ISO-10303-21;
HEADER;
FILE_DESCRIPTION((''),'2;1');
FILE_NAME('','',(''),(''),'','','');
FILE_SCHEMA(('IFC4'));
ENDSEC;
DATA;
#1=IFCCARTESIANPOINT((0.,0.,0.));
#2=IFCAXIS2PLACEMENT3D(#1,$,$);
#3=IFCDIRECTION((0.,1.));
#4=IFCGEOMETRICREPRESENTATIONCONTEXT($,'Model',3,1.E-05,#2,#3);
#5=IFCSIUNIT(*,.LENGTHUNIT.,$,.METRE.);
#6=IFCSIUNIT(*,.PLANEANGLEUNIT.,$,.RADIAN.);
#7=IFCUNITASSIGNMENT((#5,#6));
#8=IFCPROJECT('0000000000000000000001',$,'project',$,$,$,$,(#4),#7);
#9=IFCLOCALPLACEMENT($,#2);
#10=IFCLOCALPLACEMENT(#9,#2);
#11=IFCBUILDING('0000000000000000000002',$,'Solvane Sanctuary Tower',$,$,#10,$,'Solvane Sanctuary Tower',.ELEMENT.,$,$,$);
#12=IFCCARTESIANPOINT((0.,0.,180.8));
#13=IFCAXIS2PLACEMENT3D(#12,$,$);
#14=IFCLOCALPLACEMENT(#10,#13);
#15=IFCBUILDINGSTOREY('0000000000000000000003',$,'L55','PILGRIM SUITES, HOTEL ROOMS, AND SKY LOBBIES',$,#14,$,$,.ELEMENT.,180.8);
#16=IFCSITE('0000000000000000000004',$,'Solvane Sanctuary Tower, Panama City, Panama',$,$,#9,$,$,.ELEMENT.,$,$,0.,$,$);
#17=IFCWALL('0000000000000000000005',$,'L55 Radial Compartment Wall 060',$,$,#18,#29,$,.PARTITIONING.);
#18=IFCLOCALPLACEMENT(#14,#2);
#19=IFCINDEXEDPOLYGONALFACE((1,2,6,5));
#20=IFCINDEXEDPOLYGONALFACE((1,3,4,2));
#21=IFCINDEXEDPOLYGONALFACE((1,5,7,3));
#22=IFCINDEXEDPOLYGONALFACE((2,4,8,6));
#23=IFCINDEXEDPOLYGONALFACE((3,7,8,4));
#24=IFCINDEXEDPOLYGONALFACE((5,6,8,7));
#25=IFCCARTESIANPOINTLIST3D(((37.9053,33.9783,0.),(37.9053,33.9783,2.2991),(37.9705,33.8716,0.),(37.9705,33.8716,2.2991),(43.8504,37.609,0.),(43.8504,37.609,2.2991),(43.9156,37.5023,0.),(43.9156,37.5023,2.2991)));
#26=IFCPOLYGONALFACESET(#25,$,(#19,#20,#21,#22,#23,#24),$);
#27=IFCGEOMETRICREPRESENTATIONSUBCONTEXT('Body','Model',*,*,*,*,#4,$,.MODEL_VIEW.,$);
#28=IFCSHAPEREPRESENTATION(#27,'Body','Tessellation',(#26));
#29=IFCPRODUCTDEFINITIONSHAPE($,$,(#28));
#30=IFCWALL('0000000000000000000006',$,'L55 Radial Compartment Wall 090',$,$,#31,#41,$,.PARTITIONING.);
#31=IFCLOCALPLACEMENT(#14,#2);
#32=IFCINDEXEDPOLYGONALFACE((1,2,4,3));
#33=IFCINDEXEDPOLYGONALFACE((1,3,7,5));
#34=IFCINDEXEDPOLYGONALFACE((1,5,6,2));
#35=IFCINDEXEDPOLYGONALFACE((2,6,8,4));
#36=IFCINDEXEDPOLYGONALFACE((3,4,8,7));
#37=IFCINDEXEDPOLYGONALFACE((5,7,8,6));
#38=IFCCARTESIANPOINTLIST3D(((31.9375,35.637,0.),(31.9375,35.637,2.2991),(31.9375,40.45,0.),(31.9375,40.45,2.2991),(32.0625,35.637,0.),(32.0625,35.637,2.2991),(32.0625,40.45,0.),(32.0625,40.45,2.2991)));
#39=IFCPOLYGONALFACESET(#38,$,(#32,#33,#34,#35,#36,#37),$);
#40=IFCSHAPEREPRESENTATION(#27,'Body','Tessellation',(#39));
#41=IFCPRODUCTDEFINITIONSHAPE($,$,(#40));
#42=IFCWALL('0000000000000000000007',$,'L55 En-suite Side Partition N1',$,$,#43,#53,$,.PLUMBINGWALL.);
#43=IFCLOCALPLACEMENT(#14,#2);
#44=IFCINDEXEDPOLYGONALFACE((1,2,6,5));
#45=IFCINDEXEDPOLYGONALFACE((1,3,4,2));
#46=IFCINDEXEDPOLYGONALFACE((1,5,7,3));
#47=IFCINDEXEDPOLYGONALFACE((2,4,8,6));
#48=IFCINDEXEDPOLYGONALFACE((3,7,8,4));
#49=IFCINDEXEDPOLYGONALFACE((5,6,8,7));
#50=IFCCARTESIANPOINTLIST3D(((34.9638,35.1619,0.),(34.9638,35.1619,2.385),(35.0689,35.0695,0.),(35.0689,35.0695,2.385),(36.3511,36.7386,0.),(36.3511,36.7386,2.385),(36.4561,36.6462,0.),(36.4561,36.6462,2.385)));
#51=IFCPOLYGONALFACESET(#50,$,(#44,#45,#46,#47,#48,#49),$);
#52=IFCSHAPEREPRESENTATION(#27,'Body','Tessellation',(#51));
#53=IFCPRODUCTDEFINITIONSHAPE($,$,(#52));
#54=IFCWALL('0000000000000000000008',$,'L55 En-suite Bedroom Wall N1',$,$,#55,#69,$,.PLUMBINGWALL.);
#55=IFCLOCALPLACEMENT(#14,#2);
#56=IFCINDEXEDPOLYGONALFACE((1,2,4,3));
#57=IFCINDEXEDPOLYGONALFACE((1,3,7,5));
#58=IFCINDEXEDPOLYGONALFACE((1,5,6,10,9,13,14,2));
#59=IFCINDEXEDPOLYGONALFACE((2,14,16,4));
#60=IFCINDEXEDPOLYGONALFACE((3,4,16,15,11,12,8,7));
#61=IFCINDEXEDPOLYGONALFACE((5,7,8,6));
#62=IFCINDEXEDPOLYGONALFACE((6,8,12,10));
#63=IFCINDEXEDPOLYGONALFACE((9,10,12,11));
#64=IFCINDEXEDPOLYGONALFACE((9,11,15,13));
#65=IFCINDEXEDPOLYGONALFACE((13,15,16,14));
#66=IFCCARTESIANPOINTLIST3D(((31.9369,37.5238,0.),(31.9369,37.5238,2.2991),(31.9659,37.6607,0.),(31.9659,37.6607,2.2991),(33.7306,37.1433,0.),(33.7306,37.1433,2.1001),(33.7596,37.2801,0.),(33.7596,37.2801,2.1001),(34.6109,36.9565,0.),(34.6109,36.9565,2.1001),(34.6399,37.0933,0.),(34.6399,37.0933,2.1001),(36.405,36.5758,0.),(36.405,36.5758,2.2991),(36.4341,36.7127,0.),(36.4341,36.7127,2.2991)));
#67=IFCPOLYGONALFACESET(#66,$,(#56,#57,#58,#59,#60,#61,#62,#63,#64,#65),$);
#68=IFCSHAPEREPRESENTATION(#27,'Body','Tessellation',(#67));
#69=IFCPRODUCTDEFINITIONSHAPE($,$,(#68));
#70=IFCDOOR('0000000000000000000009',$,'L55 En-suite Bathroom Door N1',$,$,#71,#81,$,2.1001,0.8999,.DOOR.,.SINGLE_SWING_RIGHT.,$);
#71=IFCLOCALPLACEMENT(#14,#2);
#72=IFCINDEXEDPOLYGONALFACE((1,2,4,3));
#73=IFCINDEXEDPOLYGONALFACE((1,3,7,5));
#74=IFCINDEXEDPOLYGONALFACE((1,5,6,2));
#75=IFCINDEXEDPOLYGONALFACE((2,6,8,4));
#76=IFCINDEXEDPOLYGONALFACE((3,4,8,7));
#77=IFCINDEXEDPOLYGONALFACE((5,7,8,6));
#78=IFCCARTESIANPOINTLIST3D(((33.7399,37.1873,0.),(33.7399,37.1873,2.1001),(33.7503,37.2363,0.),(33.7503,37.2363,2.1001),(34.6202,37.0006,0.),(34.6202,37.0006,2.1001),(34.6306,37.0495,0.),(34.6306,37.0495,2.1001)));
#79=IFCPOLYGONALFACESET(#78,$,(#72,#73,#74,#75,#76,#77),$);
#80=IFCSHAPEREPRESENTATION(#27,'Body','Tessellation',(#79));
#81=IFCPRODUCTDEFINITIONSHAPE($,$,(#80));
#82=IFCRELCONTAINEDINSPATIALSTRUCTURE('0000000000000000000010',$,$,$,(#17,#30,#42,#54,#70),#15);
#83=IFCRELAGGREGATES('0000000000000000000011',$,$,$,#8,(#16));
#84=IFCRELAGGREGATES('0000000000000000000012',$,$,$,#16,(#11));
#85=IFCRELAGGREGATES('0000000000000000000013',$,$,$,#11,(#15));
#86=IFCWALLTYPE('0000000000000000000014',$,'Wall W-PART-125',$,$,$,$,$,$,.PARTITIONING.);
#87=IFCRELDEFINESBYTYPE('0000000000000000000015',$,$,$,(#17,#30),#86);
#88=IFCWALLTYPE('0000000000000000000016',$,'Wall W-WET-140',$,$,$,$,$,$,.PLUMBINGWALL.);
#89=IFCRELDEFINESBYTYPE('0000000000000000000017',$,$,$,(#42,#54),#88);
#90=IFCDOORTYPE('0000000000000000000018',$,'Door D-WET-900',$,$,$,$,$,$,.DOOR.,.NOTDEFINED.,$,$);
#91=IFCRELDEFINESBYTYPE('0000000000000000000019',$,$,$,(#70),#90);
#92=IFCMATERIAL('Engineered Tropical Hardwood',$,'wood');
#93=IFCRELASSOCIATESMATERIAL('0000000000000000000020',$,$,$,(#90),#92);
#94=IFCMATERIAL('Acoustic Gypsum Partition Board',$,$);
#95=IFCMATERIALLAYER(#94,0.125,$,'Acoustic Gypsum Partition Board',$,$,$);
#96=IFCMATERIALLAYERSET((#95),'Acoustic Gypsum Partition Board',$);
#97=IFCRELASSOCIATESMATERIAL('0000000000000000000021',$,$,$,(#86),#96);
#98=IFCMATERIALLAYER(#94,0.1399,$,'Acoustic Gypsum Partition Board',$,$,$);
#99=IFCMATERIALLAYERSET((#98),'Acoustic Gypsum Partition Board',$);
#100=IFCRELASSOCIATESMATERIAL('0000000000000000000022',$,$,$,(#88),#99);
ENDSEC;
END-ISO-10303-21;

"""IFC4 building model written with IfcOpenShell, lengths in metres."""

from ifc_helpers import new_model, si_unit, direction, frame, frame_2d, origin, place, context, subcontext, project, spatial, rectangle, extrude, material, layer, layer_set, type_object, element, fill, save


model = new_model("IFC4")

# Units and contexts
model_context = context("Model", 3, precision=1e-05, world=origin(), true_north=direction((0.0, 1.0)))
body_context = subcontext(model_context, "Body", "Model", "MODEL_VIEW")
ifc_project = project(units=[si_unit("LENGTHUNIT", "METRE"), si_unit("PLANEANGLEUNIT", "RADIAN")], contexts=[model_context])

# Site, building, storey
site_placement = place(None, origin())
site = spatial("IfcSite", under=ifc_project, at=site_placement, Name="Solvane Sanctuary Tower, Panama City, Panama", CompositionType="ELEMENT", RefElevation=0.0)
building_placement = place(site_placement, origin())
building = spatial("IfcBuilding", under=site, at=building_placement, Name="Solvane Sanctuary Tower", LongName="Solvane Sanctuary Tower", CompositionType="ELEMENT")
storey_placement = place(building_placement, frame((0.0, 0.0, 180.8)))
storey = spatial("IfcBuildingStorey", under=building, at=storey_placement, Name="L55", Description="PILGRIM SUITES, HOTEL ROOMS, AND SKY LOBBIES", CompositionType="ELEMENT", Elevation=180.8)

# Shared definitions
ifc_material_1 = material(Name="Acoustic Gypsum Partition Board")

# Shared definitions
ifc_material_2 = material(Name="Engineered Tropical Hardwood", Category="wood")
door_type_1 = type_object("IfcDoorType", Name="Door D-WET-900", OperationType="NOTDEFINED", PredefinedType="DOOR", material=ifc_material_2)

# Walls
ifc_layer_1 = layer(ifc_material_1, 0.125, Name="Acoustic Gypsum Partition Board")
ifc_layer_set_1 = layer_set([ifc_layer_1], Name="Acoustic Gypsum Partition Board")
wall_type_1 = type_object("IfcWallType", Name="Wall W-PART-125", PredefinedType="PARTITIONING", material=ifc_layer_set_1)
wall_1_placement = place(storey_placement, frame((37.938, 33.925, 0.0), z_axis=(0.0, 0.0, 1.0), x_axis=(0.85344, 0.521191, 0.0)))
element("IfcWall", 1, at=wall_1_placement, inside=storey, type_object=wall_type_1, Name="L55 Radial Compartment Wall 060", PredefinedType="PARTITIONING", context=body_context, shape_type="SweptSolid", body=[
    extrude(rectangle(XDim=6.9661, YDim=0.125, at=frame_2d((3.4829, 0.0))), origin(), (0.0, 0.0, 1.0), 2.2991),
])
wall_2_placement = place(storey_placement, frame((32.0, 35.637, 0.0), z_axis=(0.0, 0.0, 1.0), x_axis=(0.0, 1.0, 0.0)))
element("IfcWall", 2, at=wall_2_placement, inside=storey, type_object=wall_type_1, Name="L55 Radial Compartment Wall 090", PredefinedType="PARTITIONING", context=body_context, shape_type="SweptSolid", body=[
    extrude(rectangle(XDim=4.813, YDim=0.125, at=frame_2d((2.4065, 0.0))), origin(), (0.0, 0.0, 1.0), 2.2991),
])
ifc_layer_2 = layer(ifc_material_1, 0.1399, Name="Acoustic Gypsum Partition Board")
ifc_layer_set_2 = layer_set([ifc_layer_2], Name="Acoustic Gypsum Partition Board")
wall_type_2 = type_object("IfcWallType", Name="Wall W-WET-140", PredefinedType="PLUMBINGWALL", material=ifc_layer_set_2)
wall_3_placement = place(storey_placement, frame((35.0164, 35.1157, 0.0), z_axis=(0.0, 0.0, 1.0), x_axis=(0.66056, 0.750773, 0.0)))
element("IfcWall", 3, at=wall_3_placement, inside=storey, type_object=wall_type_2, Name="L55 En-suite Side Partition N1", PredefinedType="PLUMBINGWALL", context=body_context, shape_type="SweptSolid", body=[
    extrude(rectangle(XDim=2.1001, YDim=0.1399, at=frame_2d((1.05, 0.0))), origin(), (0.0, 0.0, 1.0), 2.385),
])

# Wall, opening, door
wall_4_placement = place(storey_placement, frame((36.4194, 36.6443, 0.0), z_axis=(0.0, 0.0, 1.0), x_axis=(-0.978226, 0.207543, 0.0)))
wall_4 = element("IfcWall", 4, at=wall_4_placement, inside=storey, type_object=wall_type_2, Name="L55 En-suite Bedroom Wall N1", PredefinedType="PLUMBINGWALL", context=body_context, shape_type="SweptSolid", body=[
    extrude(rectangle(XDim=4.5676, YDim=0.1399, at=frame_2d((2.2837, 0.0))), origin(), (0.0, 0.0, 1.0), 2.2991),
])
opening_1_placement = place(wall_4_placement, frame((1.834, 0.0, 0.0)))
opening_1 = element("IfcOpeningElement", 5, at=opening_1_placement, cuts=wall_4, PredefinedType="OPENING", context=body_context, shape_type="SweptSolid", body=[
    extrude(rectangle(XDim=0.8999, YDim=2.1001, at=frame_2d((0.45, 1.05))), frame((0.0, 0.0798, 0.0), z_axis=(0.0, -1.0, 0.0), x_axis=(1.0, 0.0, 0.0)), (0.0, 0.0, 1.0), 0.1599),
])
door_1_placement = place(opening_1_placement, origin())
door_1 = element("IfcDoor", 6, at=door_1_placement, inside=storey, type_object=door_type_1, Name="L55 En-suite Bathroom Door N1", OperationType="SINGLE_SWING_RIGHT", OverallHeight=2.1001, OverallWidth=0.8999, PredefinedType="DOOR", context=body_context, shape_type="SweptSolid", body=[
    extrude(rectangle(XDim=0.8999, YDim=2.1001, at=frame_2d((0.45, 1.05))), frame((0.0, 0.0249, 0.0), z_axis=(0.0, -1.0, 0.0), x_axis=(1.0, 0.0, 0.0)), (0.0, 0.0, 1.0), 0.05),
])
fill(opening_1, door_1)

save(model, "model.ifc")
